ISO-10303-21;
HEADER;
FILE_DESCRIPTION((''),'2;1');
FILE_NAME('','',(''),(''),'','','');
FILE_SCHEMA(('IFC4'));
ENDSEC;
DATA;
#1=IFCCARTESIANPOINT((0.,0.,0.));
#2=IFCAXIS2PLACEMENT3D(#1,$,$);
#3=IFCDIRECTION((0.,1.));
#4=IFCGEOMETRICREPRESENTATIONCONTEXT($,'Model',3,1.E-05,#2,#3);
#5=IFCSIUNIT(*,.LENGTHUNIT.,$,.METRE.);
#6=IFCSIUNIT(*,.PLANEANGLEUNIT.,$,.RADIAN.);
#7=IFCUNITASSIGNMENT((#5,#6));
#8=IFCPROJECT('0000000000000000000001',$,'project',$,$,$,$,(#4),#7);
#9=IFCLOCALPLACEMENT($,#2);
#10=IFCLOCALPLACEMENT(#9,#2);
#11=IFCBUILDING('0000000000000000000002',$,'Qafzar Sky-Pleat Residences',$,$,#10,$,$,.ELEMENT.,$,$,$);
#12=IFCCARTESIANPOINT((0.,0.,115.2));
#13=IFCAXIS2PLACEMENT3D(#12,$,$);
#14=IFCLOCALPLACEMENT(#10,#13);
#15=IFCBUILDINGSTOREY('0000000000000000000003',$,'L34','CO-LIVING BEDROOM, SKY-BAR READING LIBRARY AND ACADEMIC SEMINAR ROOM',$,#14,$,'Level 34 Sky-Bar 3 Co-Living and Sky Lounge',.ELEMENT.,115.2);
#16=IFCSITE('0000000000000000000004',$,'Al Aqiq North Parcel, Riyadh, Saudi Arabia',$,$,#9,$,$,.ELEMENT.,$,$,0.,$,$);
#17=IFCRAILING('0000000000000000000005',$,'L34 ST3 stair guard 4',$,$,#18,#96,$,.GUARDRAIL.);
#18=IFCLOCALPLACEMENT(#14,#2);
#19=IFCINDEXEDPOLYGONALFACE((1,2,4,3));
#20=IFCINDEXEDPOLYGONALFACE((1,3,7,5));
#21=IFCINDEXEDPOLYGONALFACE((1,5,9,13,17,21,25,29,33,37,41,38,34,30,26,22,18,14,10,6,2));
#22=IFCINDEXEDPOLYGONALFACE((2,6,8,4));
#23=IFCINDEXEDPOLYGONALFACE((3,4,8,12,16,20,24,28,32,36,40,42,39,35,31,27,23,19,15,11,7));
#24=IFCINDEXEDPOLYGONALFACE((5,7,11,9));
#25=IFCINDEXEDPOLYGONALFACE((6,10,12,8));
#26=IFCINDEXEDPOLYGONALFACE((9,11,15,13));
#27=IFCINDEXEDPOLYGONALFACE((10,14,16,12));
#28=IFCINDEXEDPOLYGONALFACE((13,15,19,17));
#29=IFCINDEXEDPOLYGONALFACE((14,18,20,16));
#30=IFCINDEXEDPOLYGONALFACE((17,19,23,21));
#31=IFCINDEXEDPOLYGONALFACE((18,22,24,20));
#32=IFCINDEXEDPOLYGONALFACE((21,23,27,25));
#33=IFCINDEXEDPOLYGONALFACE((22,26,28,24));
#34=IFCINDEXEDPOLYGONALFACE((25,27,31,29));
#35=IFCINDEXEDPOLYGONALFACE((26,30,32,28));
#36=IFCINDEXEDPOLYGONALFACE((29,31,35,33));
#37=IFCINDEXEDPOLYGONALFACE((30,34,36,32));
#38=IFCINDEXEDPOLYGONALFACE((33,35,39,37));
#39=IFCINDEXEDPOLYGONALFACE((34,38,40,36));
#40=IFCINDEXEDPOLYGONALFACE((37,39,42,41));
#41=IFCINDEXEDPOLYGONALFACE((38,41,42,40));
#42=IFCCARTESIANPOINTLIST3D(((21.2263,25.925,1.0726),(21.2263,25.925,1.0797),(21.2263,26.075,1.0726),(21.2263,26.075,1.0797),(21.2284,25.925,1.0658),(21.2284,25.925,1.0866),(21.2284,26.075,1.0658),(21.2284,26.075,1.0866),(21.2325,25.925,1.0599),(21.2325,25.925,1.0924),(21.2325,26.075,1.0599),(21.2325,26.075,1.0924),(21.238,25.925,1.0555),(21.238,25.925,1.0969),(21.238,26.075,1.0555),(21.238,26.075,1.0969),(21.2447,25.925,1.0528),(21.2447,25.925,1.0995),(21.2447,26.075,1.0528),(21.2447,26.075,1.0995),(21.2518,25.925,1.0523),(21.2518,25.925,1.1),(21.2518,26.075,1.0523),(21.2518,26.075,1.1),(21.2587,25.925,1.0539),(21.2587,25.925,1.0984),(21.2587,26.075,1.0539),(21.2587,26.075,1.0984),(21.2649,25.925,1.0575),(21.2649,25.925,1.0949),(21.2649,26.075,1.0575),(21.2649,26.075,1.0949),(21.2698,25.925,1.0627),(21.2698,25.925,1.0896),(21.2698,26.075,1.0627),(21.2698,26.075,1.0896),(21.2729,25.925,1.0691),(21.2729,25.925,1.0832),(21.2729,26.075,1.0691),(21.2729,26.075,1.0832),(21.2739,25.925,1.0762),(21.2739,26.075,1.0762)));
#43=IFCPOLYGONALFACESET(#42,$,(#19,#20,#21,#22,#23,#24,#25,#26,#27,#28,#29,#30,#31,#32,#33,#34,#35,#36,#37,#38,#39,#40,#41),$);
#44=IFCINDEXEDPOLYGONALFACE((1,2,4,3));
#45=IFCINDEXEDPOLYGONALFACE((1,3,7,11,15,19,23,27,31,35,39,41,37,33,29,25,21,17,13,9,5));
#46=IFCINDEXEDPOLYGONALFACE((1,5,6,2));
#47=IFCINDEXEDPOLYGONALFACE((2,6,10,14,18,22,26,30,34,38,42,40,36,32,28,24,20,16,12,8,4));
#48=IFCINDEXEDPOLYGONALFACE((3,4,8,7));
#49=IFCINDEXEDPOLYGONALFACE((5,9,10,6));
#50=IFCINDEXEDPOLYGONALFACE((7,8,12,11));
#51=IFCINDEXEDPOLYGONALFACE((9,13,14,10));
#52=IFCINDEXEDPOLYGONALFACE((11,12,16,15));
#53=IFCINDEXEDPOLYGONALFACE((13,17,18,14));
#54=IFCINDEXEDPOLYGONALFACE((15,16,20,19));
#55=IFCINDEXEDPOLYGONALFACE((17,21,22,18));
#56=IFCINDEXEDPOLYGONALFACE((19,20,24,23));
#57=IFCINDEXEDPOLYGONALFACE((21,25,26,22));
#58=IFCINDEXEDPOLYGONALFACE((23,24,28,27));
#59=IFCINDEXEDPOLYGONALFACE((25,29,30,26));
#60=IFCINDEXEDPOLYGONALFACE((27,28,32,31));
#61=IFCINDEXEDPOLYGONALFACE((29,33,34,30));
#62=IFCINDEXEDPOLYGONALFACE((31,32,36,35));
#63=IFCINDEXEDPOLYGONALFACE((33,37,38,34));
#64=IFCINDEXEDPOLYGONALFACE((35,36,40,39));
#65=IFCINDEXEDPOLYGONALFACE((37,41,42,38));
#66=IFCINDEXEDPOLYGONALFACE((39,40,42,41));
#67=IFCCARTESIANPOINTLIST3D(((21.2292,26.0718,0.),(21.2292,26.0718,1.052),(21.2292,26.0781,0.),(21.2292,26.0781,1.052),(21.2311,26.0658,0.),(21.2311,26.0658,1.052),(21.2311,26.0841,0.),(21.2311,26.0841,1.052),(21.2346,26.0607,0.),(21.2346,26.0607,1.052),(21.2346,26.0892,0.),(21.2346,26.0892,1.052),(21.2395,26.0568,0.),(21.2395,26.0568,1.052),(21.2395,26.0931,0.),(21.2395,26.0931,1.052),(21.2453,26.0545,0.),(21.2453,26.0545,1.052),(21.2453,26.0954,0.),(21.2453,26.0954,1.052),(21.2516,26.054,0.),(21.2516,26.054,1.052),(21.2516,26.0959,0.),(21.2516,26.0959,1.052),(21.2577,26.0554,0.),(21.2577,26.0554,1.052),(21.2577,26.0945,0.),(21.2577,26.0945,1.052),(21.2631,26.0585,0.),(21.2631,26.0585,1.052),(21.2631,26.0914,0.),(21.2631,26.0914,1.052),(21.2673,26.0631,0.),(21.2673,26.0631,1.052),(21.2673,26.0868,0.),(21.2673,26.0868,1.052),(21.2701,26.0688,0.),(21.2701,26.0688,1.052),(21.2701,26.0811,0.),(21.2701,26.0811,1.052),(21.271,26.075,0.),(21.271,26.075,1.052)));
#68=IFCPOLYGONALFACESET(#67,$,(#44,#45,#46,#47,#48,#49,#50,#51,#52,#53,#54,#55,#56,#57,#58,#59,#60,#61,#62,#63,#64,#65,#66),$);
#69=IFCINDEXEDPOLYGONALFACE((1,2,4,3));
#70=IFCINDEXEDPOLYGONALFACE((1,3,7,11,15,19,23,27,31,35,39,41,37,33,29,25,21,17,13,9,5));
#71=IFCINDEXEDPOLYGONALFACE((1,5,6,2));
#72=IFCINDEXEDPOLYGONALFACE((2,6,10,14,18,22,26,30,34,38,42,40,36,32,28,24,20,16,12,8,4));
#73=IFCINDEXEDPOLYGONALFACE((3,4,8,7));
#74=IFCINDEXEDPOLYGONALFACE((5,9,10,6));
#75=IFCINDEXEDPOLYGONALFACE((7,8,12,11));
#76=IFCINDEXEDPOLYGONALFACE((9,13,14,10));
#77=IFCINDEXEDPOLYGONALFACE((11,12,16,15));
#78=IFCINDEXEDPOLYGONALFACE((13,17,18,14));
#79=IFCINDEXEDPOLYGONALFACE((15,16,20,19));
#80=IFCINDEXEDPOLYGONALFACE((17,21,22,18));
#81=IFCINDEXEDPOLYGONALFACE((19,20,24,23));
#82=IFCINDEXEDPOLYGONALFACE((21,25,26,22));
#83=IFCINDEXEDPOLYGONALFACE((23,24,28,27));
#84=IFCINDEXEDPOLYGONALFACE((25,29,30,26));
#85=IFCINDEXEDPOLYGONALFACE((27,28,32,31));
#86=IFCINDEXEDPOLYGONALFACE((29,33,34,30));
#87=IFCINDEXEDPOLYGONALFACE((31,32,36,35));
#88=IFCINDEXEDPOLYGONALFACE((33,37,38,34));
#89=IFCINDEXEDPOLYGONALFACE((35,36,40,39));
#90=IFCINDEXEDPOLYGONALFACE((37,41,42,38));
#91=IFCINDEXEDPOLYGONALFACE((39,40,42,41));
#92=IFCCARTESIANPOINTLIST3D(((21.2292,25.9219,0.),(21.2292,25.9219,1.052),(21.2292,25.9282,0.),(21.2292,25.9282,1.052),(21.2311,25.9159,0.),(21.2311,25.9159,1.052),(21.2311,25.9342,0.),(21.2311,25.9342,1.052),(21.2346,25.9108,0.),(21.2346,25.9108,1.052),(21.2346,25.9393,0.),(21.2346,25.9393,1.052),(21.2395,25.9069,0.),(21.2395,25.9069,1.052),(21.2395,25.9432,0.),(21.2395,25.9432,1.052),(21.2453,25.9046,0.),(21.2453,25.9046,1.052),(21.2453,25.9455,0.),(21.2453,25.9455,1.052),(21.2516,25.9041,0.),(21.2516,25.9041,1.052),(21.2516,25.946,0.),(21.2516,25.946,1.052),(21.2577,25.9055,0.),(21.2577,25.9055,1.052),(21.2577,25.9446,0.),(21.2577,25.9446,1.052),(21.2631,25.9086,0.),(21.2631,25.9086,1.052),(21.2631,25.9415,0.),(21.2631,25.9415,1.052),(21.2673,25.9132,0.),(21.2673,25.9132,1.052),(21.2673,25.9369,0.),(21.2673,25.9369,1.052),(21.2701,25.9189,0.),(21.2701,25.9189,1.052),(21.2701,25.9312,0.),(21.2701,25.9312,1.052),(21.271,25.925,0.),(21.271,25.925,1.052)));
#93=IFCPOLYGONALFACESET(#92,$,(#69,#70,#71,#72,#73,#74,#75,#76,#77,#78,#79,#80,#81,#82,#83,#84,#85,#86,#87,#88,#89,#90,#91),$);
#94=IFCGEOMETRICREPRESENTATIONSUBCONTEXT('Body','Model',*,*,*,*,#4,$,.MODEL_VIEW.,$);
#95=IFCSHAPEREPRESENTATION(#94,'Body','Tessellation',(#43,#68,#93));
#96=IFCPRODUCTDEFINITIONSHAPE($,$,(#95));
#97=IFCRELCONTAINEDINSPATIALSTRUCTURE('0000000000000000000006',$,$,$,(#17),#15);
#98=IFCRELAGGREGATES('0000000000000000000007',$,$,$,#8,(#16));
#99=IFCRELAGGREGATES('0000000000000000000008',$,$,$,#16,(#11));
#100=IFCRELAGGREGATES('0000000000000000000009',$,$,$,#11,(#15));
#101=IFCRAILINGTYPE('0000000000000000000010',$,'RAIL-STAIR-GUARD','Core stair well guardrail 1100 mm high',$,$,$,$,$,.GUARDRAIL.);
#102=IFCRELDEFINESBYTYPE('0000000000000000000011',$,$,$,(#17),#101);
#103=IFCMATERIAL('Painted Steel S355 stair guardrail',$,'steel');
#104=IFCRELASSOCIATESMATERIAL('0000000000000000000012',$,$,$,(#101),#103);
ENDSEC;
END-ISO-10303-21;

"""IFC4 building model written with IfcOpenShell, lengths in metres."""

from ifc_helpers import new_model, si_unit, direction, frame, origin, origin_2d, place, context, subcontext, project, spatial, circle, extrude, source, transform, mapped, material, type_object, element, save


model = new_model("IFC4")

# Units and contexts
model_context = context("Model", 3, precision=1e-05, world=origin(), true_north=direction((0.0, 1.0)))
body_context = subcontext(model_context, "Body", "Model", "MODEL_VIEW")
ifc_project = project(units=[si_unit("LENGTHUNIT", "METRE"), si_unit("PLANEANGLEUNIT", "RADIAN")], contexts=[model_context])

# Site, building, storey
site_placement = place(None, origin())
site = spatial("IfcSite", under=ifc_project, at=site_placement, Name="Al Aqiq North Parcel, Riyadh, Saudi Arabia", CompositionType="ELEMENT", RefElevation=0.0)
building_placement = place(site_placement, origin())
building = spatial("IfcBuilding", under=site, at=building_placement, Name="Qafzar Sky-Pleat Residences", CompositionType="ELEMENT")
storey_placement = place(building_placement, frame((0.0, 0.0, 115.2)))
storey = spatial("IfcBuildingStorey", under=building, at=storey_placement, Name="L34", Description="CO-LIVING BEDROOM, SKY-BAR READING LIBRARY AND ACADEMIC SEMINAR ROOM", LongName="Level 34 Sky-Bar 3 Co-Living and Sky Lounge", CompositionType="ELEMENT", Elevation=115.2)

# Railing
ifc_material_1 = material(Name="Painted Steel S355 stair guardrail", Category="steel")
railing_type_1 = type_object("IfcRailingType", Name="RAIL-STAIR-GUARD", Description="Core stair well guardrail 1100 mm high", PredefinedType="GUARDRAIL", material=ifc_material_1)
shared_shape_1 = source(origin(), body_context, "Body", "SweptSolid", [
    extrude(circle(Radius=0.0239, at=origin_2d()), frame((0.0, 0.0, 1.0762), z_axis=(0.0, -1.0, 0.0), x_axis=(1.0, 0.0, 0.0)), (0.0, 0.0, 1.0), 0.1499),
    extrude(circle(Radius=0.021, at=origin_2d()), origin(), (0.0, 0.0, 1.0), 1.052),
    extrude(circle(Radius=0.021, at=origin_2d()), frame((0.0, -0.1499, 0.0)), (0.0, 0.0, 1.0), 1.052),
])
for number, where, name in (
    (1, (21.25, 26.075, 0.0), "L34 ST3 stair guard 4"),
):
    element("IfcRailing", number, at=place(storey_placement, frame(where)), inside=storey, type_object=railing_type_1, Name=name, PredefinedType="GUARDRAIL", context=body_context, shape_type="MappedRepresentation", body=[
        mapped(shared_shape_1, transform((0.0, 0.0, 0.0), x_axis=(1.0, 0.0, 0.0), y_axis=(0.0, 1.0, 0.0), z_axis=(0.0, 0.0, 1.0), scale=1.0)),
    ])

save(model, "model.ifc")
